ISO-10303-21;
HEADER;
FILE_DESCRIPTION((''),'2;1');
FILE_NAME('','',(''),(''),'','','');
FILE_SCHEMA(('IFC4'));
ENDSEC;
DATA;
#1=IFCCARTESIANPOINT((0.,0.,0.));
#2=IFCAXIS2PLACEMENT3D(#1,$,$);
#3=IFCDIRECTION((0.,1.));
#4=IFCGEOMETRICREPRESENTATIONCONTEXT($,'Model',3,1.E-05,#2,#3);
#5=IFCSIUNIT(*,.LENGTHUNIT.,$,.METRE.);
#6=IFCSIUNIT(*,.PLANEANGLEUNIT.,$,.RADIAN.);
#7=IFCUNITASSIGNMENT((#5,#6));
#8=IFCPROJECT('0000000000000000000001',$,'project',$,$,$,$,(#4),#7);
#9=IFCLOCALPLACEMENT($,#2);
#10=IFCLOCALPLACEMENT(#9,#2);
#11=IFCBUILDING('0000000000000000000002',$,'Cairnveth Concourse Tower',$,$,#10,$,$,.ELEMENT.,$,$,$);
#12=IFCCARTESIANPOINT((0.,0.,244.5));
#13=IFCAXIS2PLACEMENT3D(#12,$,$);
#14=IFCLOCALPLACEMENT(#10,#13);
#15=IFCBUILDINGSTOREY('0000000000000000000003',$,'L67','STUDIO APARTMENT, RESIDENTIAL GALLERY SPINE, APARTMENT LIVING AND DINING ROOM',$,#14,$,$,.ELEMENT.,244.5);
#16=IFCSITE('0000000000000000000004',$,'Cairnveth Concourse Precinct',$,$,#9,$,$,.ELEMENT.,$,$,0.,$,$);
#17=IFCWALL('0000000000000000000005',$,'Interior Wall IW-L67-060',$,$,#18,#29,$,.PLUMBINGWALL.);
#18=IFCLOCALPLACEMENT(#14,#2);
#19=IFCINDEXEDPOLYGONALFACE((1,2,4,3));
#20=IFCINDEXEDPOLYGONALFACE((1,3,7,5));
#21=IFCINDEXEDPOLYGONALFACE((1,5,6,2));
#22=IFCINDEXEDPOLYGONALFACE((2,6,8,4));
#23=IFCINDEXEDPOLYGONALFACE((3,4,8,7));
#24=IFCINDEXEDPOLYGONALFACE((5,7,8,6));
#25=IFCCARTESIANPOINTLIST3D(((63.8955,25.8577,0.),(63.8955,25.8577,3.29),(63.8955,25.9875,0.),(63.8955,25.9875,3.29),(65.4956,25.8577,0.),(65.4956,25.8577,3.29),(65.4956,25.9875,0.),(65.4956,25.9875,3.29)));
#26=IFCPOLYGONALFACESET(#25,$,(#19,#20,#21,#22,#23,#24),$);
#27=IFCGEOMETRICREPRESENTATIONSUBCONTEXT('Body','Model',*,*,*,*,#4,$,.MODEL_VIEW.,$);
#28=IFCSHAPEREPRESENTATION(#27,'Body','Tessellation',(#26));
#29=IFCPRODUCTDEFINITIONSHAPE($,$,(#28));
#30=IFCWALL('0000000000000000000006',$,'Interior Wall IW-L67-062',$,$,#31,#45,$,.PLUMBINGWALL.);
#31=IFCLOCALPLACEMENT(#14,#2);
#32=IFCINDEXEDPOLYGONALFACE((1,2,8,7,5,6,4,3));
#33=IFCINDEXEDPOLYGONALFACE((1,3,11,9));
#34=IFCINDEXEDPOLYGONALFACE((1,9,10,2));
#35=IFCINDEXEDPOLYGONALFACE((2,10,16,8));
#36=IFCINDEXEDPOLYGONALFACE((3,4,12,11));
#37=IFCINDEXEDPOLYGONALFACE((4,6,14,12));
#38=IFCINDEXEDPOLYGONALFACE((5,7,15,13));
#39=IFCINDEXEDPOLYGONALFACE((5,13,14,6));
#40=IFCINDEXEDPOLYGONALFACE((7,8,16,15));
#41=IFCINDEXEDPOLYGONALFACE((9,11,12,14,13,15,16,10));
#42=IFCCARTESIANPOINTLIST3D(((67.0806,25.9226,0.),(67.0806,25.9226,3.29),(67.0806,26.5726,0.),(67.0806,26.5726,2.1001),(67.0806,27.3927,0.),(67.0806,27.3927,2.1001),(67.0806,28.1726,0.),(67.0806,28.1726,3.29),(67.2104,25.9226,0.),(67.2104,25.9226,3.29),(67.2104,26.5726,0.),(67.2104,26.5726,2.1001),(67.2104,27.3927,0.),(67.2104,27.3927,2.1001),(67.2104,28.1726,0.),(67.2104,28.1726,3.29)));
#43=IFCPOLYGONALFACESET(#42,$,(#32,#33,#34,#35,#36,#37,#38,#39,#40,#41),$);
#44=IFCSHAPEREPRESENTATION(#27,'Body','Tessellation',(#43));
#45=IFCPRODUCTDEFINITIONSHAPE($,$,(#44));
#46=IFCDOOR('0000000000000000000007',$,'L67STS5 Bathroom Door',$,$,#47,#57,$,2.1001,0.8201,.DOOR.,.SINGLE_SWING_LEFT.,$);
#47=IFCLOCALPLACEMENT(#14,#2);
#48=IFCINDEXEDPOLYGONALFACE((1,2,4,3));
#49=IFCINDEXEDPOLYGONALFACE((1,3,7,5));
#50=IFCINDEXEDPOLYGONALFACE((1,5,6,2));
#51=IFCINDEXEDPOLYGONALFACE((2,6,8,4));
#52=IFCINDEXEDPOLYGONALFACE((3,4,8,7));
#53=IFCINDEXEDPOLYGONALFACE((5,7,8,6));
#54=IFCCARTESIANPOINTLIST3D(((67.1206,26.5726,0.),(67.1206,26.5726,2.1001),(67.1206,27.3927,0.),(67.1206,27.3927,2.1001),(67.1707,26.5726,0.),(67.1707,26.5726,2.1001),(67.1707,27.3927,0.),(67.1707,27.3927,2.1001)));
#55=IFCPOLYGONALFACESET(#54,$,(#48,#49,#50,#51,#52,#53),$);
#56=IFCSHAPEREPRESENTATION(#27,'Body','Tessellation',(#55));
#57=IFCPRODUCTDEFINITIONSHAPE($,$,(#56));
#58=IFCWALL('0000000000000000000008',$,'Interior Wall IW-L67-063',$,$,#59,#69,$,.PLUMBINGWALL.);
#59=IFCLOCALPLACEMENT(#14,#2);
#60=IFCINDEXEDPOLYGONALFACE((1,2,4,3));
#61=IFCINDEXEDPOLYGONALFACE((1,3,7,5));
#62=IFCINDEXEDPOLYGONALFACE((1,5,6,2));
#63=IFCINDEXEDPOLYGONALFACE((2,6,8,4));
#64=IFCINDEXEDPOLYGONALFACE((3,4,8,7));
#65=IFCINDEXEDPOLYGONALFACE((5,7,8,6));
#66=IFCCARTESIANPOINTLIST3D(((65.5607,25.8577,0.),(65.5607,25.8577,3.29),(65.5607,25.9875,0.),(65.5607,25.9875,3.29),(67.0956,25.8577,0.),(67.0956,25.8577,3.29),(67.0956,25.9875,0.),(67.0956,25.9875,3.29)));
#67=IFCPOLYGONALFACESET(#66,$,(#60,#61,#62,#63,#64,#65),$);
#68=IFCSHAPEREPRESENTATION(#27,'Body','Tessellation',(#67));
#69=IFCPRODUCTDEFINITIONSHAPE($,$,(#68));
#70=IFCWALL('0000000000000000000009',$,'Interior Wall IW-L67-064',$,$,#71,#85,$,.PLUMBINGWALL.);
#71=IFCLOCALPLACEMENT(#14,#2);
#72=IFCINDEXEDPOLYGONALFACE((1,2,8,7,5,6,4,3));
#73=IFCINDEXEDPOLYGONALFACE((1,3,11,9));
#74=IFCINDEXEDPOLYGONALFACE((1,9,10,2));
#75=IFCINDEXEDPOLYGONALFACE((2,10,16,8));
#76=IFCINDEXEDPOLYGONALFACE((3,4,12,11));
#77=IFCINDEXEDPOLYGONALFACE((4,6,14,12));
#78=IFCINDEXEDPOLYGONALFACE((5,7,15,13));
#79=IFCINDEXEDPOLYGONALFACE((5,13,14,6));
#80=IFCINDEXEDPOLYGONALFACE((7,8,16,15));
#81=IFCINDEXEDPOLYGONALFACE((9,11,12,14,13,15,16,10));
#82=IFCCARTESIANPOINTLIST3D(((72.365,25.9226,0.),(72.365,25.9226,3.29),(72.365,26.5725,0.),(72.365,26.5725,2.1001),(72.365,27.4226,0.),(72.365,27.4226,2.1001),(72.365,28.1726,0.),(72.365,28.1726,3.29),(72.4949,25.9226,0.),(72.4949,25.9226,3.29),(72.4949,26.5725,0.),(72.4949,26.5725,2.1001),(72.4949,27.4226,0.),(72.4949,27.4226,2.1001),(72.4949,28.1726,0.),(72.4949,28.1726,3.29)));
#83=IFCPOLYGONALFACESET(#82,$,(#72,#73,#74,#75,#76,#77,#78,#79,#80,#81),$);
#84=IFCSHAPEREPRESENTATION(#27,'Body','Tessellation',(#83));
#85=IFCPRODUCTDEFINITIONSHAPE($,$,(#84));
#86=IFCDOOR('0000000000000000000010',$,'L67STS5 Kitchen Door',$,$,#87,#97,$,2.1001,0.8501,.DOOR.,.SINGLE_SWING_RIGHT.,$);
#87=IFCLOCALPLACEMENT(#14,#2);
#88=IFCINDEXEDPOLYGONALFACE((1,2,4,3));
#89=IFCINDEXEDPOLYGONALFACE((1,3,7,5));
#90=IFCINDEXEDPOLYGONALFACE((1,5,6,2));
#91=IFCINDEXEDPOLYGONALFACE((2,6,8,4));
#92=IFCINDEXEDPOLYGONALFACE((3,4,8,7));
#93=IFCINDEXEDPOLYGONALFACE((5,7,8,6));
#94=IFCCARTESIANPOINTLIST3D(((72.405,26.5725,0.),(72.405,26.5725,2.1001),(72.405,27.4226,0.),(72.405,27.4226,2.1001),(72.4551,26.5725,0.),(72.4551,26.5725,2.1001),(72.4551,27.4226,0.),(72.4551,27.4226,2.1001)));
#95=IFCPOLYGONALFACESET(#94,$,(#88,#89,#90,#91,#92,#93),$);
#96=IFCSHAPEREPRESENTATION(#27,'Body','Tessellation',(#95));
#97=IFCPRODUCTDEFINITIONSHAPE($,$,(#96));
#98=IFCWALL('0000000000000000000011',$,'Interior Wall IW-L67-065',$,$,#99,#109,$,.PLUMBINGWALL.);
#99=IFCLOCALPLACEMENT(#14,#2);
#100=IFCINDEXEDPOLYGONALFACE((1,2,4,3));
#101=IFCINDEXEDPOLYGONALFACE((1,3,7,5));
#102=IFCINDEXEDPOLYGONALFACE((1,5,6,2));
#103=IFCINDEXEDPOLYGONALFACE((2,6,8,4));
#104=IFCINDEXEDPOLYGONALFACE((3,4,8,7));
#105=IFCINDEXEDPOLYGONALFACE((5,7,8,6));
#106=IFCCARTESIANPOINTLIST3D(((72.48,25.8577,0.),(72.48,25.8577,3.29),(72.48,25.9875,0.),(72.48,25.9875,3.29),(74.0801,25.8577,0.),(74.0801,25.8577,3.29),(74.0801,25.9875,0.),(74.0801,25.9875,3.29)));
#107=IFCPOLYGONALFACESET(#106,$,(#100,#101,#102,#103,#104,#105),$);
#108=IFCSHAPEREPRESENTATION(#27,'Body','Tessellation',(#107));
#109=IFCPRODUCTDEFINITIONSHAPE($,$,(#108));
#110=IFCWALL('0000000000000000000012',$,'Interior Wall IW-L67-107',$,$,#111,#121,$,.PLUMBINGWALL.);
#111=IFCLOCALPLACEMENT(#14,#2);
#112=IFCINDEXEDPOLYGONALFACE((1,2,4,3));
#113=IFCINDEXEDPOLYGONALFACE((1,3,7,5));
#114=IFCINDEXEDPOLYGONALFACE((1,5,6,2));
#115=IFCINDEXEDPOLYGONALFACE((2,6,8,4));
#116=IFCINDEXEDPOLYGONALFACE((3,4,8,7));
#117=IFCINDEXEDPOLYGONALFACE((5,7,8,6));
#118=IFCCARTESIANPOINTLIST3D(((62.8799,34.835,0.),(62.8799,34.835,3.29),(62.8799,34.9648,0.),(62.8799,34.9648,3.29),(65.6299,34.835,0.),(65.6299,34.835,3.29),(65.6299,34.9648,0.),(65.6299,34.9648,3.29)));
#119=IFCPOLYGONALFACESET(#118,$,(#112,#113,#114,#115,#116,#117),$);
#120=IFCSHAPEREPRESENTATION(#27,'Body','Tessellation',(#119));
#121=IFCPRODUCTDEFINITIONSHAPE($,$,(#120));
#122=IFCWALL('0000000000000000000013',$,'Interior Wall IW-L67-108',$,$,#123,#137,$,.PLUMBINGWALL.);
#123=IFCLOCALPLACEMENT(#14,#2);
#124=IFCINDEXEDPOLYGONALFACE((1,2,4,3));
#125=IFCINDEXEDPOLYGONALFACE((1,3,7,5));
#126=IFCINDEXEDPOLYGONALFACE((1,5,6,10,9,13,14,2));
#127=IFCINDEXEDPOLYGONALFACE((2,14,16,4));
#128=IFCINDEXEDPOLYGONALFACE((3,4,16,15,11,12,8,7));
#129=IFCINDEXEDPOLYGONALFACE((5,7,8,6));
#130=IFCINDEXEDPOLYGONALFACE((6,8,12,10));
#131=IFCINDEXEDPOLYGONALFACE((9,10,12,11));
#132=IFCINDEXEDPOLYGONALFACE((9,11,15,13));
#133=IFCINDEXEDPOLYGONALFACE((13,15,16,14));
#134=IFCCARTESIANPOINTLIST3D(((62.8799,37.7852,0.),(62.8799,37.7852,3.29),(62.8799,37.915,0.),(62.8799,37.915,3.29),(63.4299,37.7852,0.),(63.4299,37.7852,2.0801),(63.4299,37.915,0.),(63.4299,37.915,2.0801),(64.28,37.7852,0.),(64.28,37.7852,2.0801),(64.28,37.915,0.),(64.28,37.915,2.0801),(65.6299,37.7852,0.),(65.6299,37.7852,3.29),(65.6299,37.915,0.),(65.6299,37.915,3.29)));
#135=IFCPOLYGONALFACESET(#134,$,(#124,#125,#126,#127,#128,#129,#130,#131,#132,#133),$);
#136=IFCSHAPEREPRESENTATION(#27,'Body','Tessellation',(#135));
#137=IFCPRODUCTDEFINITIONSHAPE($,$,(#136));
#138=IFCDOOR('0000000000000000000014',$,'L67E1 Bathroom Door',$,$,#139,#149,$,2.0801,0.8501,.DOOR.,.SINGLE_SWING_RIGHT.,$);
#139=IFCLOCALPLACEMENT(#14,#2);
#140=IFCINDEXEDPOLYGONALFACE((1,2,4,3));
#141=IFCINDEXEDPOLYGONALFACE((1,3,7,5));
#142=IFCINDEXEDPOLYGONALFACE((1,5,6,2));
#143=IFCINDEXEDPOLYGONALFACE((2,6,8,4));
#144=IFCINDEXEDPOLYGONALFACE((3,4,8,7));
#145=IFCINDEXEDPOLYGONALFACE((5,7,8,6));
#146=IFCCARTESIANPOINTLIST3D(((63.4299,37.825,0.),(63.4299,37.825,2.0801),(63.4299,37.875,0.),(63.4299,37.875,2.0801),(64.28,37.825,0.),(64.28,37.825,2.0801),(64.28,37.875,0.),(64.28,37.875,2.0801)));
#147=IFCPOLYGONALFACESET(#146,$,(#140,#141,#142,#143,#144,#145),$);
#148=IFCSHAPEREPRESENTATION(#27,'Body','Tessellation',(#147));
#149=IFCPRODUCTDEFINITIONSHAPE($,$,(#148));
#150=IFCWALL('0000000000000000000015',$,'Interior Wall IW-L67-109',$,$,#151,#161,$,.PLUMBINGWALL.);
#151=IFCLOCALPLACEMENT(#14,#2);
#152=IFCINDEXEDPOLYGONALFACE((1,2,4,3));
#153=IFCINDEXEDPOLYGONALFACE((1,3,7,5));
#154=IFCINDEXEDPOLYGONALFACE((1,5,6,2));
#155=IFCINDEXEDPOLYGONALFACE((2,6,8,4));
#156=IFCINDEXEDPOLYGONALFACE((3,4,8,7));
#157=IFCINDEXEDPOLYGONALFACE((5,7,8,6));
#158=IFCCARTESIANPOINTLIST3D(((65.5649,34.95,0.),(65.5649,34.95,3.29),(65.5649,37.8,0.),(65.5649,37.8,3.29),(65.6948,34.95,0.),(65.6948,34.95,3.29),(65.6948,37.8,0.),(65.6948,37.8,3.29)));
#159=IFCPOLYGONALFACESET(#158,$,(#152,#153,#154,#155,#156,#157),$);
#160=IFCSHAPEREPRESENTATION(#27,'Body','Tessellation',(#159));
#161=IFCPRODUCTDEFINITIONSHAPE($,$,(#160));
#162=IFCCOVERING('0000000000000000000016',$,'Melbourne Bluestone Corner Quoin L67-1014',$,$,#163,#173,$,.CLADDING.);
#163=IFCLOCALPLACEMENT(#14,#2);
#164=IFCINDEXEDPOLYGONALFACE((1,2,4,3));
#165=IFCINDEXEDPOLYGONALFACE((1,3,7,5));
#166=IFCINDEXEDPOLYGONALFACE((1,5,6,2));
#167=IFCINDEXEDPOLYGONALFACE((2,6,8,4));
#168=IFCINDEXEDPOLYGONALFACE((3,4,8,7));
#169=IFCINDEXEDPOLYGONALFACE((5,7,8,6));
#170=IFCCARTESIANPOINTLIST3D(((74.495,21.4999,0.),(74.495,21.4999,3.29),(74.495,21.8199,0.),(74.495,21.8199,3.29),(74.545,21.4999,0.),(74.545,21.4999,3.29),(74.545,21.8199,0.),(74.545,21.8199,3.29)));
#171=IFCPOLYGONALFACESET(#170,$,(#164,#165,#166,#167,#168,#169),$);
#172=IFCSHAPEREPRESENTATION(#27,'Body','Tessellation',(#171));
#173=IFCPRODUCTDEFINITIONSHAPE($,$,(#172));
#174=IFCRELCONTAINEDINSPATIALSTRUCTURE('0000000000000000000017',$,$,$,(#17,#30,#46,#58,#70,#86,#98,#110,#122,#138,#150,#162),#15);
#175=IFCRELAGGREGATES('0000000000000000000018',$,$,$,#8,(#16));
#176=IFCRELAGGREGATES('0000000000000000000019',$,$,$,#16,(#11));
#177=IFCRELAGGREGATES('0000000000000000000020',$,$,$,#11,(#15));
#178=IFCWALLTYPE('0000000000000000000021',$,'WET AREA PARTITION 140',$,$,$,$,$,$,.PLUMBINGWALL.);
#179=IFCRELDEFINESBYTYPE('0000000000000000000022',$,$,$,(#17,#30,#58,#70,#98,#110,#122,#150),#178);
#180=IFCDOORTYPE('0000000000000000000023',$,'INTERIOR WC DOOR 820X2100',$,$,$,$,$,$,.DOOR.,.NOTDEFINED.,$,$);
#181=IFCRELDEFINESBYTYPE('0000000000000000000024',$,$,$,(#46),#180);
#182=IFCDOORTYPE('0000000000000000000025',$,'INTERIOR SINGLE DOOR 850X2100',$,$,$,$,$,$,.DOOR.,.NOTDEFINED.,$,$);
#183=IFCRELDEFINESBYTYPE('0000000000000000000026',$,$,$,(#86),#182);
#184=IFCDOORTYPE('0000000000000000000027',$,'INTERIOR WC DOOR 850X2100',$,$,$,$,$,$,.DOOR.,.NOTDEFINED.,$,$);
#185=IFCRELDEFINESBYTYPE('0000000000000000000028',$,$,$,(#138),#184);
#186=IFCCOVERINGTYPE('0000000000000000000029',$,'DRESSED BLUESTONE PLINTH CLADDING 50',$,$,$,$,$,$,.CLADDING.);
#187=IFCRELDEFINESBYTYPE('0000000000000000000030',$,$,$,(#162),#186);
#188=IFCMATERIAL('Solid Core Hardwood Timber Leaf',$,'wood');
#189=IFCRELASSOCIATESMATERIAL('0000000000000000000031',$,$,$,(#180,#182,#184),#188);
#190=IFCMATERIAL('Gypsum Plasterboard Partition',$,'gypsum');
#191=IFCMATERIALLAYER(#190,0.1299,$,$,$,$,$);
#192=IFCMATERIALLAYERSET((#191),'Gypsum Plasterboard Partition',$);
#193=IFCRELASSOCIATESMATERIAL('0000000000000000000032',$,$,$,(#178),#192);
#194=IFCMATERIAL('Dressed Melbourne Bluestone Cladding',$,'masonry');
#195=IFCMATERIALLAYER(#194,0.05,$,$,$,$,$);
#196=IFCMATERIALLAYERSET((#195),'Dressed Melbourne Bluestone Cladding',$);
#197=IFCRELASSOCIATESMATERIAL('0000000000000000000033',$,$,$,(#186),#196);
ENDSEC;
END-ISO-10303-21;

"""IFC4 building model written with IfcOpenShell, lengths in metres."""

from ifc_helpers import new_model, si_unit, direction, frame, frame_2d, origin, place, context, subcontext, project, spatial, rectangle, extrude, material, layer, layer_set, type_object, element, fill, save


model = new_model("IFC4")

# Units and contexts
model_context = context("Model", 3, precision=1e-05, world=origin(), true_north=direction((0.0, 1.0)))
body_context = subcontext(model_context, "Body", "Model", "MODEL_VIEW")
ifc_project = project(units=[si_unit("LENGTHUNIT", "METRE"), si_unit("PLANEANGLEUNIT", "RADIAN")], contexts=[model_context])

# Site, building, storey
site_placement = place(None, origin())
site = spatial("IfcSite", under=ifc_project, at=site_placement, Name="Cairnveth Concourse Precinct", CompositionType="ELEMENT", RefElevation=0.0)
building_placement = place(site_placement, origin())
building = spatial("IfcBuilding", under=site, at=building_placement, Name="Cairnveth Concourse Tower", CompositionType="ELEMENT")
storey_placement = place(building_placement, frame((0.0, 0.0, 244.5)))
storey = spatial("IfcBuildingStorey", under=building, at=storey_placement, Name="L67", Description="STUDIO APARTMENT, RESIDENTIAL GALLERY SPINE, APARTMENT LIVING AND DINING ROOM", CompositionType="ELEMENT", Elevation=244.5)

# Shared definitions
ifc_material_1 = material(Name="Gypsum Plasterboard Partition", Category="gypsum")
ifc_material_2 = material(Name="Solid Core Hardwood Timber Leaf", Category="wood")
door_type_1 = type_object("IfcDoorType", Name="INTERIOR WC DOOR 820X2100", OperationType="NOTDEFINED", PredefinedType="DOOR", material=ifc_material_2)
ifc_layer_1 = layer(ifc_material_1, 0.1299)
ifc_layer_set_1 = layer_set([ifc_layer_1], Name="Gypsum Plasterboard Partition")
wall_type_1 = type_object("IfcWallType", Name="WET AREA PARTITION 140", PredefinedType="PLUMBINGWALL", material=ifc_layer_set_1)
door_type_2 = type_object("IfcDoorType", Name="INTERIOR SINGLE DOOR 850X2100", OperationType="NOTDEFINED", PredefinedType="DOOR", material=ifc_material_2)

# Wall
wall_1_placement = place(storey_placement, frame((63.8955, 25.9226, 0.0), z_axis=(0.0, 0.0, 1.0), x_axis=(1.0, 0.0, 0.0)))
element("IfcWall", 1, at=wall_1_placement, inside=storey, type_object=wall_type_1, Name="Interior Wall IW-L67-060", PredefinedType="PLUMBINGWALL", context=body_context, shape_type="SweptSolid", body=[
    extrude(rectangle(XDim=1.6001, YDim=0.1299, at=frame_2d((0.8, 0.0))), origin(), (0.0, 0.0, 1.0), 3.29),
])

# Wall, opening, door
wall_2_placement = place(storey_placement, frame((67.1455, 25.9226, 0.0), z_axis=(0.0, 0.0, 1.0), x_axis=(0.0, 1.0, 0.0)))
wall_2 = element("IfcWall", 2, at=wall_2_placement, inside=storey, type_object=wall_type_1, Name="Interior Wall IW-L67-062", PredefinedType="PLUMBINGWALL", context=body_context, shape_type="SweptSolid", body=[
    extrude(rectangle(XDim=2.25, YDim=0.1299, at=frame_2d((1.125, 0.0))), origin(), (0.0, 0.0, 1.0), 3.29),
])
opening_1_placement = place(wall_2_placement, frame((0.6499, 0.0, 0.0)))
opening_1 = element("IfcOpeningElement", 3, at=opening_1_placement, cuts=wall_2, PredefinedType="OPENING", context=body_context, shape_type="SweptSolid", body=[
    extrude(rectangle(XDim=0.8201, YDim=2.1001, at=frame_2d((0.4102, 1.05))), frame((0.0, 0.075, 0.0), z_axis=(0.0, -1.0, 0.0), x_axis=(1.0, 0.0, 0.0)), (0.0, 0.0, 1.0), 0.1499),
])
door_1_placement = place(opening_1_placement, origin())
door_1 = element("IfcDoor", 4, at=door_1_placement, inside=storey, type_object=door_type_1, Name="L67STS5 Bathroom Door", OperationType="SINGLE_SWING_LEFT", OverallHeight=2.1001, OverallWidth=0.8201, PredefinedType="DOOR", context=body_context, shape_type="SweptSolid", body=[
    extrude(rectangle(XDim=0.8201, YDim=2.1001, at=frame_2d((0.4102, 1.05))), frame((0.0, 0.0249, 0.0), z_axis=(0.0, -1.0, 0.0), x_axis=(1.0, 0.0, 0.0)), (0.0, 0.0, 1.0), 0.05),
])
fill(opening_1, door_1)

# Wall
wall_3_placement = place(storey_placement, frame((65.5605, 25.9226, 0.0), z_axis=(0.0, 0.0, 1.0), x_axis=(1.0, 0.0, 0.0)))
element("IfcWall", 5, at=wall_3_placement, inside=storey, type_object=wall_type_1, Name="Interior Wall IW-L67-063", PredefinedType="PLUMBINGWALL", context=body_context, shape_type="SweptSolid", body=[
    extrude(rectangle(XDim=1.5349, YDim=0.1299, at=frame_2d((0.7676, 0.0))), origin(), (0.0, 0.0, 1.0), 3.29),
])

# Wall, opening, door
wall_4_placement = place(storey_placement, frame((72.4299, 25.9226, 0.0), z_axis=(0.0, 0.0, 1.0), x_axis=(0.0, 1.0, 0.0)))
wall_4 = element("IfcWall", 6, at=wall_4_placement, inside=storey, type_object=wall_type_1, Name="Interior Wall IW-L67-064", PredefinedType="PLUMBINGWALL", context=body_context, shape_type="SweptSolid", body=[
    extrude(rectangle(XDim=2.25, YDim=0.1299, at=frame_2d((1.125, 0.0))), origin(), (0.0, 0.0, 1.0), 3.29),
])
opening_2_placement = place(wall_4_placement, frame((0.6499, 0.0, 0.0)))
opening_2 = element("IfcOpeningElement", 7, at=opening_2_placement, cuts=wall_4, PredefinedType="OPENING", context=body_context, shape_type="SweptSolid", body=[
    extrude(rectangle(XDim=0.8501, YDim=2.1001, at=frame_2d((0.425, 1.05))), frame((0.0, 0.075, 0.0), z_axis=(0.0, -1.0, 0.0), x_axis=(1.0, 0.0, 0.0)), (0.0, 0.0, 1.0), 0.1499),
])
door_2_placement = place(opening_2_placement, origin())
door_2 = element("IfcDoor", 8, at=door_2_placement, inside=storey, type_object=door_type_2, Name="L67STS5 Kitchen Door", OperationType="SINGLE_SWING_RIGHT", OverallHeight=2.1001, OverallWidth=0.8501, PredefinedType="DOOR", context=body_context, shape_type="SweptSolid", body=[
    extrude(rectangle(XDim=0.8501, YDim=2.1001, at=frame_2d((0.425, 1.05))), frame((0.0, 0.0249, 0.0), z_axis=(0.0, -1.0, 0.0), x_axis=(1.0, 0.0, 0.0)), (0.0, 0.0, 1.0), 0.05),
])
fill(opening_2, door_2)

# Walls
wall_5_placement = place(storey_placement, frame((72.48, 25.9226, 0.0), z_axis=(0.0, 0.0, 1.0), x_axis=(1.0, 0.0, 0.0)))
element("IfcWall", 9, at=wall_5_placement, inside=storey, type_object=wall_type_1, Name="Interior Wall IW-L67-065", PredefinedType="PLUMBINGWALL", context=body_context, shape_type="SweptSolid", body=[
    extrude(rectangle(XDim=1.6001, YDim=0.1299, at=frame_2d((0.8, 0.0))), origin(), (0.0, 0.0, 1.0), 3.29),
])
wall_6_placement = place(storey_placement, frame((62.8799, 34.8999, 0.0), z_axis=(0.0, 0.0, 1.0), x_axis=(1.0, 0.0, 0.0)))
element("IfcWall", 10, at=wall_6_placement, inside=storey, type_object=wall_type_1, Name="Interior Wall IW-L67-107", PredefinedType="PLUMBINGWALL", context=body_context, shape_type="SweptSolid", body=[
    extrude(rectangle(XDim=2.75, YDim=0.1299, at=frame_2d((1.375, 0.0))), origin(), (0.0, 0.0, 1.0), 3.29),
])

# Wall, opening, door
wall_7_placement = place(storey_placement, frame((62.8799, 37.8501, 0.0), z_axis=(0.0, 0.0, 1.0), x_axis=(1.0, 0.0, 0.0)))
wall_7 = element("IfcWall", 11, at=wall_7_placement, inside=storey, type_object=wall_type_1, Name="Interior Wall IW-L67-108", PredefinedType="PLUMBINGWALL", context=body_context, shape_type="SweptSolid", body=[
    extrude(rectangle(XDim=2.75, YDim=0.1299, at=frame_2d((1.375, 0.0))), origin(), (0.0, 0.0, 1.0), 3.29),
])
opening_3_placement = place(wall_7_placement, frame((0.55, 0.0, 0.0)))
opening_3 = element("IfcOpeningElement", 12, at=opening_3_placement, cuts=wall_7, PredefinedType="OPENING", context=body_context, shape_type="SweptSolid", body=[
    extrude(rectangle(XDim=0.8501, YDim=2.0801, at=frame_2d((0.425, 1.04))), frame((0.0, 0.075, 0.0), z_axis=(0.0, -1.0, 0.0), x_axis=(1.0, 0.0, 0.0)), (0.0, 0.0, 1.0), 0.1499),
])
door_type_3 = type_object("IfcDoorType", Name="INTERIOR WC DOOR 850X2100", OperationType="NOTDEFINED", PredefinedType="DOOR", material=ifc_material_2)
door_3_placement = place(opening_3_placement, origin())
door_3 = element("IfcDoor", 13, at=door_3_placement, inside=storey, type_object=door_type_3, Name="L67E1 Bathroom Door", OperationType="SINGLE_SWING_RIGHT", OverallHeight=2.0801, OverallWidth=0.8501, PredefinedType="DOOR", context=body_context, shape_type="SweptSolid", body=[
    extrude(rectangle(XDim=0.8501, YDim=2.0801, at=frame_2d((0.425, 1.04))), frame((0.0, 0.0249, 0.0), z_axis=(0.0, -1.0, 0.0), x_axis=(1.0, 0.0, 0.0)), (0.0, 0.0, 1.0), 0.05),
])
fill(opening_3, door_3)

# Wall
wall_8_placement = place(storey_placement, frame((65.6299, 34.95, 0.0), z_axis=(0.0, 0.0, 1.0), x_axis=(0.0, 1.0, 0.0)))
element("IfcWall", 14, at=wall_8_placement, inside=storey, type_object=wall_type_1, Name="Interior Wall IW-L67-109", PredefinedType="PLUMBINGWALL", context=body_context, shape_type="SweptSolid", body=[
    extrude(rectangle(XDim=2.8501, YDim=0.1299, at=frame_2d((1.425, 0.0))), origin(), (0.0, 0.0, 1.0), 3.29),
])

# Covering
ifc_material_3 = material(Name="Dressed Melbourne Bluestone Cladding", Category="masonry")
ifc_layer_2 = layer(ifc_material_3, 0.05)
ifc_layer_set_2 = layer_set([ifc_layer_2], Name="Dressed Melbourne Bluestone Cladding")
covering_type = type_object("IfcCoveringType", Name="DRESSED BLUESTONE PLINTH CLADDING 50", PredefinedType="CLADDING", material=ifc_layer_set_2)
for number, where, z_axis, x_axis, name in (
    (15, (74.52, 21.8201, 0.0), (0.0, 0.0, 1.0), (0.0, -1.0, 0.0), "Melbourne Bluestone Corner Quoin L67-1014"),
):
    element("IfcCovering", number, at=place(storey_placement, frame(where, z_axis=z_axis, x_axis=x_axis)), inside=storey, type_object=covering_type, Name=name, PredefinedType="CLADDING", context=body_context, shape_type="SweptSolid", body=[
        extrude(rectangle(XDim=0.3201, YDim=0.05, at=frame_2d((0.1602, 0.0))), origin(), (0.0, 0.0, 1.0), 3.29),
    ])

save(model, "model.ifc")
